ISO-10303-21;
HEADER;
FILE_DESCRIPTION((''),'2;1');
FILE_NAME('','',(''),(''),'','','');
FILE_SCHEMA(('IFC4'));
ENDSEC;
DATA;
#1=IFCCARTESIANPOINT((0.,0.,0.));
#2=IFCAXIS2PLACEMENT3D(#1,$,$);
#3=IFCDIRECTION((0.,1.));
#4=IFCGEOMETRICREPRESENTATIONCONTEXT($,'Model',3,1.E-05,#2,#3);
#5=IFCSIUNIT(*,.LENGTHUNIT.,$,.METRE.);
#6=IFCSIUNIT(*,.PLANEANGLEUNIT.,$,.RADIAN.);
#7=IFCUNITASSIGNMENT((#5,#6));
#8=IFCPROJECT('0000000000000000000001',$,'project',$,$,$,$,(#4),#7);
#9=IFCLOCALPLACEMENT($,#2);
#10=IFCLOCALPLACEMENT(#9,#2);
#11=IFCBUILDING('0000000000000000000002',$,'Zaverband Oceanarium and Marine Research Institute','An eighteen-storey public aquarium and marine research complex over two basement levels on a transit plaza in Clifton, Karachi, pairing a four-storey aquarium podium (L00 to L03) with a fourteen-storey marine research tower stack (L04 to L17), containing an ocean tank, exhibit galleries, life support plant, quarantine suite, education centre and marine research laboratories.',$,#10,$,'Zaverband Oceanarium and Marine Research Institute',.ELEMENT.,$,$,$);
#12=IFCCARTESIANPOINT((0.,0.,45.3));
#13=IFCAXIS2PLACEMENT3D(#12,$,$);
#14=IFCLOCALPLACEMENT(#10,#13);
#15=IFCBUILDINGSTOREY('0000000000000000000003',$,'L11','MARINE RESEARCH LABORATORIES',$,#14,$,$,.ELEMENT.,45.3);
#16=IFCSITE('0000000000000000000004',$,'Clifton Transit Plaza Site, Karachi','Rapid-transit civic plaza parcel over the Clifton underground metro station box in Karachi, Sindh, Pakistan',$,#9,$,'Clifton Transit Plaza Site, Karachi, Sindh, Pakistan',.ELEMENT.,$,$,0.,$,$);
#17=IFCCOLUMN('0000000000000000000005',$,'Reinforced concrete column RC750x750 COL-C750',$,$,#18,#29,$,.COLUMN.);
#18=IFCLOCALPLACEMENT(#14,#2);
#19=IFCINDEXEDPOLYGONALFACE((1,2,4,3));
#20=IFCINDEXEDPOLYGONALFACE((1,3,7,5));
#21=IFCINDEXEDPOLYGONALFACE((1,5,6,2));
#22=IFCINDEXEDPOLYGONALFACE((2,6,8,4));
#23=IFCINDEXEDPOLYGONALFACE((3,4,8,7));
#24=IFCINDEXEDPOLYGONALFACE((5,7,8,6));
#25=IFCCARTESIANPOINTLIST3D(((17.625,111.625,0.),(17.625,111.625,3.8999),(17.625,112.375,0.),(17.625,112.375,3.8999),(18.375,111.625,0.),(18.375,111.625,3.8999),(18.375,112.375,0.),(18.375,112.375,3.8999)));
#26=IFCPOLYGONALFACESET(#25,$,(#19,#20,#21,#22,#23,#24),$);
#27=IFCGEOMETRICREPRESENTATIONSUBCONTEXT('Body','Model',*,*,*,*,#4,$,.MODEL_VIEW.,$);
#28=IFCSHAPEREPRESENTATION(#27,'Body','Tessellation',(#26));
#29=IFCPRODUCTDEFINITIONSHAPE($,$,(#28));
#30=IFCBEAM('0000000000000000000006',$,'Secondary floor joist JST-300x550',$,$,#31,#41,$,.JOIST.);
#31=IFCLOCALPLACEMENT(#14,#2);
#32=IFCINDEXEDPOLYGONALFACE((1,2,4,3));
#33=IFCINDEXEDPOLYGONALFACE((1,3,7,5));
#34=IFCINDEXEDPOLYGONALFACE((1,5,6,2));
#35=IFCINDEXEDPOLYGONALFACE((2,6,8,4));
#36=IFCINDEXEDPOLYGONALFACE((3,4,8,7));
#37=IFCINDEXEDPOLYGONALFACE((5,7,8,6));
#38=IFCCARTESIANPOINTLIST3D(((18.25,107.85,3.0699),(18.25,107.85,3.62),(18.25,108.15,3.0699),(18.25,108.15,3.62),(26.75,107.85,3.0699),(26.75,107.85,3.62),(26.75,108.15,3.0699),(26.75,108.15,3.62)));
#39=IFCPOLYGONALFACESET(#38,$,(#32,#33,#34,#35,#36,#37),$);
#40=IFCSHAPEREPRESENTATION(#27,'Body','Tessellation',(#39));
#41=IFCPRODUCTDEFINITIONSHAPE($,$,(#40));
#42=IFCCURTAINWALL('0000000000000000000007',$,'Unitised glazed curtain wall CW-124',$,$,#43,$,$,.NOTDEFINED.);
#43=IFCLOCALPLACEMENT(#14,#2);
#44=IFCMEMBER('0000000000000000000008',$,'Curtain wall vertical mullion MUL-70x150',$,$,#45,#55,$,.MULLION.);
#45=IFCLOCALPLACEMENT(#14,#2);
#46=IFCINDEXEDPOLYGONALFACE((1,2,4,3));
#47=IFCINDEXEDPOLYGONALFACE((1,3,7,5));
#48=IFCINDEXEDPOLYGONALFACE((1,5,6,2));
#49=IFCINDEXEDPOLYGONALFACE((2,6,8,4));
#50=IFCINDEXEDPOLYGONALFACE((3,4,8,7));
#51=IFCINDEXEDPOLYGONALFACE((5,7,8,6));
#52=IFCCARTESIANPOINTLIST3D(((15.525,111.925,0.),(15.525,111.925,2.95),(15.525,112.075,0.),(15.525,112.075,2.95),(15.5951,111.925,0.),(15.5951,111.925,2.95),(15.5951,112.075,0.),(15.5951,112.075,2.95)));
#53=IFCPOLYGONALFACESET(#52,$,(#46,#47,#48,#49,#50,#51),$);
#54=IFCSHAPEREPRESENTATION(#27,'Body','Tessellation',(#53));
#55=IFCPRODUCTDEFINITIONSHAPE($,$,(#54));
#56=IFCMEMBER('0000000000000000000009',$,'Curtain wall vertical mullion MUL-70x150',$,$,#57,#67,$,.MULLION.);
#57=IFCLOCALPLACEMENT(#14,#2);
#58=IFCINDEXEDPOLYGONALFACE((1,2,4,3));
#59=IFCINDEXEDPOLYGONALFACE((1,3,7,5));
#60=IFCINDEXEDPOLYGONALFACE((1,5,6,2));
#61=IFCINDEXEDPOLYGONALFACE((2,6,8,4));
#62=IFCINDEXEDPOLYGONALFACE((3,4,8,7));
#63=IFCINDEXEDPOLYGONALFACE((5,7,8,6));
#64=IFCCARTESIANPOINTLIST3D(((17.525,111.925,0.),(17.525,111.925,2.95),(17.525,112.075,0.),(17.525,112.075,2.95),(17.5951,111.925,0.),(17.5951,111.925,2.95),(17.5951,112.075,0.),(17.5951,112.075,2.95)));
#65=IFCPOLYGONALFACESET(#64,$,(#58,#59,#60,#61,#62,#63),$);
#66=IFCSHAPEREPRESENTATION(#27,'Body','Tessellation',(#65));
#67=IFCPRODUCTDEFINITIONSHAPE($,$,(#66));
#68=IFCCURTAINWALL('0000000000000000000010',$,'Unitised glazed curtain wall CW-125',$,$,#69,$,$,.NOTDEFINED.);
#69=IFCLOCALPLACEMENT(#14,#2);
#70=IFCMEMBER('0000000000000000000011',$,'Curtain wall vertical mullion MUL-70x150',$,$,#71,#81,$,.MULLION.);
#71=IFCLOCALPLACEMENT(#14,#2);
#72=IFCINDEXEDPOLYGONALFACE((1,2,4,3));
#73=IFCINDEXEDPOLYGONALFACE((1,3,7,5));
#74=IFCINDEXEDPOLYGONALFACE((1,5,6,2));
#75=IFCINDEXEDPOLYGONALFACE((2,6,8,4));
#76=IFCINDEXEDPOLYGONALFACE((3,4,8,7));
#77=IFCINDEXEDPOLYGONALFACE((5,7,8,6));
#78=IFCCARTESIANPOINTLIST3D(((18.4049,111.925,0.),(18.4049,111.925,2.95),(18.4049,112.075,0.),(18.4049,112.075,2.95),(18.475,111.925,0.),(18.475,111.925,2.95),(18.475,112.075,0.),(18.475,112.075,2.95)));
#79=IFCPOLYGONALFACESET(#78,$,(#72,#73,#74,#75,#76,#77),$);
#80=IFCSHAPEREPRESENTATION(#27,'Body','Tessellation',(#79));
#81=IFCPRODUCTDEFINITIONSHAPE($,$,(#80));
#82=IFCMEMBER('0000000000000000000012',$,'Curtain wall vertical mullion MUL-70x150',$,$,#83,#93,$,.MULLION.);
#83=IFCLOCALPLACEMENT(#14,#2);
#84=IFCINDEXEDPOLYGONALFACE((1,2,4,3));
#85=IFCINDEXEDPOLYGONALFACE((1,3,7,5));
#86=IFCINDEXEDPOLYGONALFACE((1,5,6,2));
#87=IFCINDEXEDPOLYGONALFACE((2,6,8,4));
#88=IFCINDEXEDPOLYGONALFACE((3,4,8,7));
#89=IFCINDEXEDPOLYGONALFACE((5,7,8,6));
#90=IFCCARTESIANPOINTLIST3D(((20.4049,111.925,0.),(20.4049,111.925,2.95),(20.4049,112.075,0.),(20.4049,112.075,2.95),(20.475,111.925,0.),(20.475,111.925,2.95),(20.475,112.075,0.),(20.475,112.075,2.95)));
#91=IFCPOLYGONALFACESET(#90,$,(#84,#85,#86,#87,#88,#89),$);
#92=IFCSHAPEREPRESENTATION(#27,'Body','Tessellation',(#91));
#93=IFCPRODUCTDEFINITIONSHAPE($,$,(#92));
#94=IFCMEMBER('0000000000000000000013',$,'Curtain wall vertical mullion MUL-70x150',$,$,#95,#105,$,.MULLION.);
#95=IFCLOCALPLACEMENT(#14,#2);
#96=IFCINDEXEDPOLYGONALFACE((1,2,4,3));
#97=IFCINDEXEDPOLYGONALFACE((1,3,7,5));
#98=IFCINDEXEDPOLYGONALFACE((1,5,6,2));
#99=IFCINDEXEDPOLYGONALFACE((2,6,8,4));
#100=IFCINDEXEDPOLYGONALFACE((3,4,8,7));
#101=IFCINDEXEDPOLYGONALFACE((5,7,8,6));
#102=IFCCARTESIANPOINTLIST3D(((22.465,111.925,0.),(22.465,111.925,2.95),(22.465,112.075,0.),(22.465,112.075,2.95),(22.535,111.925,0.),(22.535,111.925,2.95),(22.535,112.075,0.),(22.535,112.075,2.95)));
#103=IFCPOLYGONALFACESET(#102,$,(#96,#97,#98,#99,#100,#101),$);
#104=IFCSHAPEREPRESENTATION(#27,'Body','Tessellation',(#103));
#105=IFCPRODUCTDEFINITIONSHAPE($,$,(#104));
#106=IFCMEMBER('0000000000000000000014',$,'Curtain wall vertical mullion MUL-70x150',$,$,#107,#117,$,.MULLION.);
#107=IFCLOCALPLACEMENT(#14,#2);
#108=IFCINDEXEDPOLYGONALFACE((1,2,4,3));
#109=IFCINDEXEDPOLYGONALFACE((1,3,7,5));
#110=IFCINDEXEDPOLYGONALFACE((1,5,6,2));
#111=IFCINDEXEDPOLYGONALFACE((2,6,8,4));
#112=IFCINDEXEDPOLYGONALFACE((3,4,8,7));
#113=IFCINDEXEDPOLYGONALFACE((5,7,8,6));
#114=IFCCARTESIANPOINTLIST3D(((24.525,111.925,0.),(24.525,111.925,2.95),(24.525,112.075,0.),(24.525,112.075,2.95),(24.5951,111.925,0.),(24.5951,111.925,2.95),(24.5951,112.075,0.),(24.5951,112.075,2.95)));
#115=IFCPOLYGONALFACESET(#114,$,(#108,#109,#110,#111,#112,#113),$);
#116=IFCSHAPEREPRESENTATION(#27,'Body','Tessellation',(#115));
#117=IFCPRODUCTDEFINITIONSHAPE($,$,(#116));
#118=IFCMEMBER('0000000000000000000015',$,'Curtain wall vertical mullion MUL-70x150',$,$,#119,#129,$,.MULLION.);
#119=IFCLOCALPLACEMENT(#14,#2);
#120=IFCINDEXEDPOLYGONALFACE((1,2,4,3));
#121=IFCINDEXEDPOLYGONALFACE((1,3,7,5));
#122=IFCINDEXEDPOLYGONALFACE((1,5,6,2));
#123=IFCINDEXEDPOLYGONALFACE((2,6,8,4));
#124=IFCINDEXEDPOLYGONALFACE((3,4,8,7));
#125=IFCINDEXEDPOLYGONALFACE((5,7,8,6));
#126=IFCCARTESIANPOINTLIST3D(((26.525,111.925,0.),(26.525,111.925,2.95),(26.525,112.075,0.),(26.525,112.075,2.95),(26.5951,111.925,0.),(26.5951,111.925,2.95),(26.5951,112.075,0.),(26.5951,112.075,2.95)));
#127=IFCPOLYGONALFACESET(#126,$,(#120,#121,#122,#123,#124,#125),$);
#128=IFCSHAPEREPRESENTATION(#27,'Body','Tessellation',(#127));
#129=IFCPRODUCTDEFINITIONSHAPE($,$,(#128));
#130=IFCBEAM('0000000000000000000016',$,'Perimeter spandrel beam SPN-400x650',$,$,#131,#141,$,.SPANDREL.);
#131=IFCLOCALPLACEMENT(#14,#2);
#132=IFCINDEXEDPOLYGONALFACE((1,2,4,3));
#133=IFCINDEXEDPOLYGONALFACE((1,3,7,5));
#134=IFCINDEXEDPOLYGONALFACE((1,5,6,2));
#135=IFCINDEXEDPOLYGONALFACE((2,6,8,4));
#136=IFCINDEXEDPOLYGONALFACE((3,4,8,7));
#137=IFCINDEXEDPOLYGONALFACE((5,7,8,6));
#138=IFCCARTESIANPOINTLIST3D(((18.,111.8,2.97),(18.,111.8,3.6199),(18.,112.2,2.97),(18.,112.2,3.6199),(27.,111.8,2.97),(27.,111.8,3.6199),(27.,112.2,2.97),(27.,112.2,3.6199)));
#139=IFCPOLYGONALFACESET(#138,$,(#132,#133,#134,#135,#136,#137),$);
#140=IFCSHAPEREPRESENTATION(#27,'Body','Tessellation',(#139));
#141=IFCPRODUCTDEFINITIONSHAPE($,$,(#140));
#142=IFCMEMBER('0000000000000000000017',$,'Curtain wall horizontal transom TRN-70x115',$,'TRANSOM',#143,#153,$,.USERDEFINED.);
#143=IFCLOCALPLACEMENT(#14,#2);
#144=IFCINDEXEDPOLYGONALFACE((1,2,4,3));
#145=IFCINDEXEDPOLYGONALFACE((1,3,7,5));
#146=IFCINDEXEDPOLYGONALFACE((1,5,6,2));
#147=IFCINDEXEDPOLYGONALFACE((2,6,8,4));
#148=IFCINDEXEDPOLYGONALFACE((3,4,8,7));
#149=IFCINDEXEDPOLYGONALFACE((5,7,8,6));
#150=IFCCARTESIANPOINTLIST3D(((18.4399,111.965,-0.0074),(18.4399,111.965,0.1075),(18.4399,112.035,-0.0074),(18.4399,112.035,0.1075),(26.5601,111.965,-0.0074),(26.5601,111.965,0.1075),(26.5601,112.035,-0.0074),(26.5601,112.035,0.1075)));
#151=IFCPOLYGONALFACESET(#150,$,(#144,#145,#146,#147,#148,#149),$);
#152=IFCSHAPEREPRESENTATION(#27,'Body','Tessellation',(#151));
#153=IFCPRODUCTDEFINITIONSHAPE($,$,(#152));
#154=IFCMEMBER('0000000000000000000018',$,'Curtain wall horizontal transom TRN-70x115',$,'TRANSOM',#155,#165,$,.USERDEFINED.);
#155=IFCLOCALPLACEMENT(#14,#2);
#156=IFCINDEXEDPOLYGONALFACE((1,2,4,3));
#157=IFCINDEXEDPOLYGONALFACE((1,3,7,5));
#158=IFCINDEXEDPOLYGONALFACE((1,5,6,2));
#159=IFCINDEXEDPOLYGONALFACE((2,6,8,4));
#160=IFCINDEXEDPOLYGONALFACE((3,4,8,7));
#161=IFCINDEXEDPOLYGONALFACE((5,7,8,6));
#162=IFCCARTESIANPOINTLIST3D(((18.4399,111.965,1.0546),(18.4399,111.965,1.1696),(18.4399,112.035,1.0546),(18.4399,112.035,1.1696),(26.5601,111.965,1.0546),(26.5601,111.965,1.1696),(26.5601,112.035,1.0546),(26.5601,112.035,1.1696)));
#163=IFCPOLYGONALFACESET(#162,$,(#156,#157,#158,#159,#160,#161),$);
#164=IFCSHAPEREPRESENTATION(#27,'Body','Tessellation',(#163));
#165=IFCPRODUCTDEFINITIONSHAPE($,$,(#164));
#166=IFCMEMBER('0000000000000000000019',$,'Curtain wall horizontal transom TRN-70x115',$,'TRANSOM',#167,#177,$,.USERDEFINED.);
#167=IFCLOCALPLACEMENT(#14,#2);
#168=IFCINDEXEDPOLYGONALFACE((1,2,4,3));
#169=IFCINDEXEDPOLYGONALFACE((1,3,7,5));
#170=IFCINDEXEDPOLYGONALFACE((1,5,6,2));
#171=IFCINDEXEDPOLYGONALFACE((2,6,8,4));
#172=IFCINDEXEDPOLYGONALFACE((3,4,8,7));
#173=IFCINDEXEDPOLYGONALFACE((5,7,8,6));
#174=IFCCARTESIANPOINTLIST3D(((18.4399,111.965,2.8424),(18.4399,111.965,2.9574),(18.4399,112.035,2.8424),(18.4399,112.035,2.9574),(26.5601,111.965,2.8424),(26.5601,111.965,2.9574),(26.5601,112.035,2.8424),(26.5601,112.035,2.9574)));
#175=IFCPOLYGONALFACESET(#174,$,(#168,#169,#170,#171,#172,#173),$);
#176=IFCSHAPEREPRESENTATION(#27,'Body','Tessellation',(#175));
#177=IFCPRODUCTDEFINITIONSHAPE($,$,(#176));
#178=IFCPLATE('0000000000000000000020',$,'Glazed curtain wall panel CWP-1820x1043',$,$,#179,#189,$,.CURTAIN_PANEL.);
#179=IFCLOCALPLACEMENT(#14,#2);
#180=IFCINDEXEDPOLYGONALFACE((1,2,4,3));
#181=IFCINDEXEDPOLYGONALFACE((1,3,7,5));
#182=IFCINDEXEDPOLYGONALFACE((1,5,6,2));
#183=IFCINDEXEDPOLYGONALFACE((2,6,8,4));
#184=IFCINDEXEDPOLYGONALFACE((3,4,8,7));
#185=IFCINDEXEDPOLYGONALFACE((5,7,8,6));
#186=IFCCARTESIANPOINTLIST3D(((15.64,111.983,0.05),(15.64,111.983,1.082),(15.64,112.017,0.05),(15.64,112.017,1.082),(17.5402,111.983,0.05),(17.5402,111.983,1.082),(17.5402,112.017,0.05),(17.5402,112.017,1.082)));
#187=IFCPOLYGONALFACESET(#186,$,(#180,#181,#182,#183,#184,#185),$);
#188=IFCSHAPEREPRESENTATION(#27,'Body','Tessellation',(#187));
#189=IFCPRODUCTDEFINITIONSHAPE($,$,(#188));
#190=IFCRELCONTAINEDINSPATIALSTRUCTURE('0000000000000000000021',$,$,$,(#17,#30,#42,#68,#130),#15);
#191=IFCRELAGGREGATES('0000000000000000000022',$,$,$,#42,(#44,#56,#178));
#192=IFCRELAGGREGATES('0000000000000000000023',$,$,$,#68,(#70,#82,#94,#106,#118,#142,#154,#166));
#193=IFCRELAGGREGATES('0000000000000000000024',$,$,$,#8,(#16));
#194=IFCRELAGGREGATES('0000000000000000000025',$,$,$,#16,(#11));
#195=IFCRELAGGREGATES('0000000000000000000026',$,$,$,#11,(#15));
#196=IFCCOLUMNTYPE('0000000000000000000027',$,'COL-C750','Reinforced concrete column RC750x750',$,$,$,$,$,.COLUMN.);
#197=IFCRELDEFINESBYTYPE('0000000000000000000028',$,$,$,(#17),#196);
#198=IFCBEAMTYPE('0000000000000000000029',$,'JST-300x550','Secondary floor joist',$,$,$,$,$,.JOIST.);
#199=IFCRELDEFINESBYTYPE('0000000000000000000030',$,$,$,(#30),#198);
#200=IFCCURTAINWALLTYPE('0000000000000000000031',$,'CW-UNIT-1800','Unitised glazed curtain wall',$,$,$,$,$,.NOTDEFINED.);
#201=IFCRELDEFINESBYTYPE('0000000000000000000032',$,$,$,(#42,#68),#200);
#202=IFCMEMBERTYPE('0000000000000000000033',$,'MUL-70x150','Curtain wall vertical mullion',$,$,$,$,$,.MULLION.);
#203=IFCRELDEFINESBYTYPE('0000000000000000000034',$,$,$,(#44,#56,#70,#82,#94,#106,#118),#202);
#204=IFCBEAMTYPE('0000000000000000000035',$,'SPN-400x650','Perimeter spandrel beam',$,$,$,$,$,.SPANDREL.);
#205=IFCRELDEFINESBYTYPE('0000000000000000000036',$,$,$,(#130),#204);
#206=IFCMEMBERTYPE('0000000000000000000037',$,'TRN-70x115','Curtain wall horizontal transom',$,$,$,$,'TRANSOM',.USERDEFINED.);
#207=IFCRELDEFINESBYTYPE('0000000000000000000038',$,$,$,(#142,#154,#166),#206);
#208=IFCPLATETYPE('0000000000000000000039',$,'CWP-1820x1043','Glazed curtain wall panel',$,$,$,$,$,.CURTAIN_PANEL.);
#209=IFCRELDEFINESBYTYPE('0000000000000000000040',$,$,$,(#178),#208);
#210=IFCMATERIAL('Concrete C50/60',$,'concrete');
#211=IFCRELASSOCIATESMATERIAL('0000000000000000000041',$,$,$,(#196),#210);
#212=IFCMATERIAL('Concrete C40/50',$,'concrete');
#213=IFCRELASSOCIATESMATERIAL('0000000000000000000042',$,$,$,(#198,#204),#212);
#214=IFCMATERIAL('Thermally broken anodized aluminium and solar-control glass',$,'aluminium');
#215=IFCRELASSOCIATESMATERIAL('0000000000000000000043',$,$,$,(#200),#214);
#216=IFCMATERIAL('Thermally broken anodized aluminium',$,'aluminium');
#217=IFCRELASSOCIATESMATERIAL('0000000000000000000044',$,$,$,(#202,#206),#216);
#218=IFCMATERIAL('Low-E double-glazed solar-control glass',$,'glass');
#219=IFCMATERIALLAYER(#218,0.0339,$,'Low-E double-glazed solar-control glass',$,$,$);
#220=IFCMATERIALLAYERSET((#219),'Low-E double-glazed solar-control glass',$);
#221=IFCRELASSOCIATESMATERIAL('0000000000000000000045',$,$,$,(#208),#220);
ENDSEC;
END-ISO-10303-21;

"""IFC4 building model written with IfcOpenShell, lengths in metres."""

from ifc_helpers import new_model, si_unit, direction, frame, frame_2d, origin, origin_2d, place, context, subcontext, project, spatial, rectangle, extrude, material, layer, layer_set, material_profile, profile_set, type_object, element, aggregate, save


model = new_model("IFC4")

# Units and contexts
model_context = context("Model", 3, precision=1e-05, world=origin(), true_north=direction((0.0, 1.0)))
body_context = subcontext(model_context, "Body", "Model", "MODEL_VIEW")
ifc_project = project(units=[si_unit("LENGTHUNIT", "METRE"), si_unit("PLANEANGLEUNIT", "RADIAN")], contexts=[model_context])

# Site, building, storey
site_placement = place(None, origin())
site = spatial("IfcSite", under=ifc_project, at=site_placement, Name="Clifton Transit Plaza Site, Karachi", Description="Rapid-transit civic plaza parcel over the Clifton underground metro station box in Karachi, Sindh, Pakistan", LongName="Clifton Transit Plaza Site, Karachi, Sindh, Pakistan", CompositionType="ELEMENT", RefElevation=0.0)
building_placement = place(site_placement, origin())
building = spatial("IfcBuilding", under=site, at=building_placement, Name="Zaverband Oceanarium and Marine Research Institute", Description="An eighteen-storey public aquarium and marine research complex over two basement levels on a transit plaza in Clifton, Karachi, pairing a four-storey aquarium podium (L00 to L03) with a fourteen-storey marine research tower stack (L04 to L17), containing an ocean tank, exhibit galleries, life support plant, quarantine suite, education centre and marine research laboratories.", LongName="Zaverband Oceanarium and Marine Research Institute", CompositionType="ELEMENT")
storey_placement = place(building_placement, frame((0.0, 0.0, 45.3)))
storey = spatial("IfcBuildingStorey", under=building, at=storey_placement, Name="L11", Description="MARINE RESEARCH LABORATORIES", CompositionType="ELEMENT", Elevation=45.3)

# Column
ifc_material_1 = material(Name="Concrete C50/60", Category="concrete")
ifc_material_profile_1 = material_profile(ifc_material_1, rectangle(XDim=0.75, YDim=0.75, at=origin_2d()), Name="RC750x750")
ifc_profile_set_1 = profile_set([ifc_material_profile_1], Name="Concrete C50/60")
column_type = type_object("IfcColumnType", Name="COL-C750", Description="Reinforced concrete column RC750x750", PredefinedType="COLUMN", material=ifc_profile_set_1)
column_placement = place(storey_placement, frame((18.0, 112.0, 0.0), z_axis=(0.0, 0.0, 1.0), x_axis=(1.0, 0.0, 0.0)))
element("IfcColumn", 1, at=column_placement, inside=storey, type_object=column_type, Name="Reinforced concrete column RC750x750 COL-C750", PredefinedType="COLUMN", context=body_context, shape_type="SweptSolid", body=[
    extrude(rectangle(XDim=0.75, YDim=0.75, at=origin_2d()), origin(), (0.0, 0.0, 1.0), 3.8999),
])

# Beam
ifc_material_2 = material(Name="Concrete C40/50", Category="concrete")
ifc_material_profile_2 = material_profile(ifc_material_2, rectangle(XDim=0.3, YDim=0.55, at=origin_2d()), Name="RC300x550")
ifc_profile_set_2 = profile_set([ifc_material_profile_2], Name="Concrete C40/50")
beam_type_1 = type_object("IfcBeamType", Name="JST-300x550", Description="Secondary floor joist", PredefinedType="JOIST", material=ifc_profile_set_2)
beam_1_placement = place(storey_placement, frame((18.25, 108.0, 3.345), z_axis=(1.0, 0.0, 0.0), x_axis=(0.0, 1.0, 0.0)))
element("IfcBeam", 2, at=beam_1_placement, inside=storey, type_object=beam_type_1, Name="Secondary floor joist JST-300x550", PredefinedType="JOIST", context=body_context, shape_type="SweptSolid", body=[
    extrude(rectangle(XDim=0.3, YDim=0.55, at=origin_2d()), origin(), (0.0, 0.0, 1.0), 8.5),
])

# Curtain walls, members
ifc_material_3 = material(Name="Thermally broken anodized aluminium and solar-control glass", Category="aluminium")
curtain_wall_type = type_object("IfcCurtainWallType", Name="CW-UNIT-1800", Description="Unitised glazed curtain wall", PredefinedType="NOTDEFINED", material=ifc_material_3)
curtain_wall_1_placement = place(storey_placement, origin())
curtain_wall_1 = element("IfcCurtainWall", 3, at=curtain_wall_1_placement, inside=storey, type_object=curtain_wall_type, Name="Unitised glazed curtain wall CW-124", PredefinedType="NOTDEFINED")
ifc_material_4 = material(Name="Thermally broken anodized aluminium", Category="aluminium")
ifc_material_profile_3 = material_profile(ifc_material_4, rectangle(XDim=0.0701, YDim=0.1499, at=origin_2d()), Name="AL-MUL-70x150")
ifc_profile_set_3 = profile_set([ifc_material_profile_3], Name="Thermally broken anodized aluminium")
member_type_1 = type_object("IfcMemberType", Name="MUL-70x150", Description="Curtain wall vertical mullion", PredefinedType="MULLION", material=ifc_profile_set_3)
member_1_placement = place(storey_placement, frame((15.5601, 112.0, 0.0), z_axis=(0.0, 0.0, 1.0), x_axis=(1.0, 0.0, 0.0)))
member_1 = element("IfcMember", 4, at=member_1_placement, type_object=member_type_1, Name="Curtain wall vertical mullion MUL-70x150", PredefinedType="MULLION", context=body_context, shape_type="SweptSolid", body=[
    extrude(rectangle(XDim=0.0701, YDim=0.1499, at=origin_2d()), origin(), (0.0, 0.0, 1.0), 2.95),
])
member_2_placement = place(storey_placement, frame((17.5601, 112.0, 0.0), z_axis=(0.0, 0.0, 1.0), x_axis=(1.0, 0.0, 0.0)))
member_2 = element("IfcMember", 5, at=member_2_placement, type_object=member_type_1, Name="Curtain wall vertical mullion MUL-70x150", PredefinedType="MULLION", context=body_context, shape_type="SweptSolid", body=[
    extrude(rectangle(XDim=0.0701, YDim=0.1499, at=origin_2d()), origin(), (0.0, 0.0, 1.0), 2.95),
])
curtain_wall_2_placement = place(storey_placement, origin())
curtain_wall_2 = element("IfcCurtainWall", 6, at=curtain_wall_2_placement, inside=storey, type_object=curtain_wall_type, Name="Unitised glazed curtain wall CW-125", PredefinedType="NOTDEFINED")
member_3_placement = place(storey_placement, frame((18.4399, 112.0, 0.0), z_axis=(0.0, 0.0, 1.0), x_axis=(1.0, 0.0, 0.0)))
member_3 = element("IfcMember", 7, at=member_3_placement, type_object=member_type_1, Name="Curtain wall vertical mullion MUL-70x150", PredefinedType="MULLION", context=body_context, shape_type="SweptSolid", body=[
    extrude(rectangle(XDim=0.0701, YDim=0.1499, at=origin_2d()), origin(), (0.0, 0.0, 1.0), 2.95),
])
member_4_placement = place(storey_placement, frame((20.4399, 112.0, 0.0), z_axis=(0.0, 0.0, 1.0), x_axis=(1.0, 0.0, 0.0)))
member_4 = element("IfcMember", 8, at=member_4_placement, type_object=member_type_1, Name="Curtain wall vertical mullion MUL-70x150", PredefinedType="MULLION", context=body_context, shape_type="SweptSolid", body=[
    extrude(rectangle(XDim=0.0701, YDim=0.1499, at=origin_2d()), origin(), (0.0, 0.0, 1.0), 2.95),
])
member_5_placement = place(storey_placement, frame((22.5, 112.0, 0.0), z_axis=(0.0, 0.0, 1.0), x_axis=(1.0, 0.0, 0.0)))
member_5 = element("IfcMember", 9, at=member_5_placement, type_object=member_type_1, Name="Curtain wall vertical mullion MUL-70x150", PredefinedType="MULLION", context=body_context, shape_type="SweptSolid", body=[
    extrude(rectangle(XDim=0.0701, YDim=0.1499, at=origin_2d()), origin(), (0.0, 0.0, 1.0), 2.95),
])
member_6_placement = place(storey_placement, frame((24.5601, 112.0, 0.0), z_axis=(0.0, 0.0, 1.0), x_axis=(1.0, 0.0, 0.0)))
member_6 = element("IfcMember", 10, at=member_6_placement, type_object=member_type_1, Name="Curtain wall vertical mullion MUL-70x150", PredefinedType="MULLION", context=body_context, shape_type="SweptSolid", body=[
    extrude(rectangle(XDim=0.0701, YDim=0.1499, at=origin_2d()), origin(), (0.0, 0.0, 1.0), 2.95),
])
member_7_placement = place(storey_placement, frame((26.5601, 112.0, 0.0), z_axis=(0.0, 0.0, 1.0), x_axis=(1.0, 0.0, 0.0)))
member_7 = element("IfcMember", 11, at=member_7_placement, type_object=member_type_1, Name="Curtain wall vertical mullion MUL-70x150", PredefinedType="MULLION", context=body_context, shape_type="SweptSolid", body=[
    extrude(rectangle(XDim=0.0701, YDim=0.1499, at=origin_2d()), origin(), (0.0, 0.0, 1.0), 2.95),
])

# Beam
ifc_material_profile_4 = material_profile(ifc_material_2, rectangle(XDim=0.3999, YDim=0.6499, at=origin_2d()), Name="RC400x650")
ifc_profile_set_4 = profile_set([ifc_material_profile_4], Name="Concrete C40/50")
beam_type_2 = type_object("IfcBeamType", Name="SPN-400x650", Description="Perimeter spandrel beam", PredefinedType="SPANDREL", material=ifc_profile_set_4)
beam_2_placement = place(storey_placement, frame((18.0, 112.0, 3.2949), z_axis=(1.0, 0.0, 0.0), x_axis=(0.0, 1.0, 0.0)))
element("IfcBeam", 12, at=beam_2_placement, inside=storey, type_object=beam_type_2, Name="Perimeter spandrel beam SPN-400x650", PredefinedType="SPANDREL", context=body_context, shape_type="SweptSolid", body=[
    extrude(rectangle(XDim=0.3999, YDim=0.6499, at=origin_2d()), origin(), (0.0, 0.0, 1.0), 9.0),
])

# Members
ifc_material_profile_5 = material_profile(ifc_material_4, rectangle(XDim=0.0701, YDim=0.115, at=origin_2d()), Name="AL-TRN-70x115")
ifc_profile_set_5 = profile_set([ifc_material_profile_5], Name="Thermally broken anodized aluminium")
member_type_2 = type_object("IfcMemberType", Name="TRN-70x115", Description="Curtain wall horizontal transom", ElementType="TRANSOM", PredefinedType="USERDEFINED", material=ifc_profile_set_5)
member_8_placement = place(storey_placement, frame((18.4399, 112.0, 0.05), z_axis=(1.0, 0.0, 0.0), x_axis=(0.0, 1.0, 0.0)))
member_8 = element("IfcMember", 13, at=member_8_placement, type_object=member_type_2, Name="Curtain wall horizontal transom TRN-70x115", ObjectType="TRANSOM", PredefinedType="USERDEFINED", context=body_context, shape_type="SweptSolid", body=[
    extrude(rectangle(XDim=0.0701, YDim=0.115, at=origin_2d()), origin(), (0.0, 0.0, 1.0), 8.1201),
])
member_9_placement = place(storey_placement, frame((18.4399, 112.0, 1.1121), z_axis=(1.0, 0.0, 0.0), x_axis=(0.0, 1.0, 0.0)))
member_9 = element("IfcMember", 14, at=member_9_placement, type_object=member_type_2, Name="Curtain wall horizontal transom TRN-70x115", ObjectType="TRANSOM", PredefinedType="USERDEFINED", context=body_context, shape_type="SweptSolid", body=[
    extrude(rectangle(XDim=0.0701, YDim=0.115, at=origin_2d()), origin(), (0.0, 0.0, 1.0), 8.1201),
])
member_10_placement = place(storey_placement, frame((18.4399, 112.0, 2.8999), z_axis=(1.0, 0.0, 0.0), x_axis=(0.0, 1.0, 0.0)))
member_10 = element("IfcMember", 15, at=member_10_placement, type_object=member_type_2, Name="Curtain wall horizontal transom TRN-70x115", ObjectType="TRANSOM", PredefinedType="USERDEFINED", context=body_context, shape_type="SweptSolid", body=[
    extrude(rectangle(XDim=0.0701, YDim=0.115, at=origin_2d()), origin(), (0.0, 0.0, 1.0), 8.1201),
])

# Plate
ifc_material_5 = material(Name="Low-E double-glazed solar-control glass", Category="glass")
ifc_layer_1 = layer(ifc_material_5, 0.0339, Name="Low-E double-glazed solar-control glass")
ifc_layer_set_1 = layer_set([ifc_layer_1], Name="Low-E double-glazed solar-control glass")
plate_type_1 = type_object("IfcPlateType", Name="CWP-1820x1043", Description="Glazed curtain wall panel", PredefinedType="CURTAIN_PANEL", material=ifc_layer_set_1)
plate_1_placement = place(storey_placement, frame((15.6399, 112.0, 0.05), z_axis=(0.0, 0.0, 1.0), x_axis=(1.0, 0.0, 0.0)))
plate_1 = element("IfcPlate", 16, at=plate_1_placement, type_object=plate_type_1, Name="Glazed curtain wall panel CWP-1820x1043", PredefinedType="CURTAIN_PANEL", context=body_context, shape_type="SweptSolid", body=[
    extrude(rectangle(XDim=1.9001, YDim=0.0339, at=frame_2d((0.9502, 0.0))), origin(), (0.0, 0.0, 1.0), 1.032),
])
aggregate(curtain_wall_1, [member_1, member_2, plate_1])
aggregate(curtain_wall_2, [member_3, member_4, member_5, member_6, member_7, member_8, member_9, member_10])

save(model, "model.ifc")
